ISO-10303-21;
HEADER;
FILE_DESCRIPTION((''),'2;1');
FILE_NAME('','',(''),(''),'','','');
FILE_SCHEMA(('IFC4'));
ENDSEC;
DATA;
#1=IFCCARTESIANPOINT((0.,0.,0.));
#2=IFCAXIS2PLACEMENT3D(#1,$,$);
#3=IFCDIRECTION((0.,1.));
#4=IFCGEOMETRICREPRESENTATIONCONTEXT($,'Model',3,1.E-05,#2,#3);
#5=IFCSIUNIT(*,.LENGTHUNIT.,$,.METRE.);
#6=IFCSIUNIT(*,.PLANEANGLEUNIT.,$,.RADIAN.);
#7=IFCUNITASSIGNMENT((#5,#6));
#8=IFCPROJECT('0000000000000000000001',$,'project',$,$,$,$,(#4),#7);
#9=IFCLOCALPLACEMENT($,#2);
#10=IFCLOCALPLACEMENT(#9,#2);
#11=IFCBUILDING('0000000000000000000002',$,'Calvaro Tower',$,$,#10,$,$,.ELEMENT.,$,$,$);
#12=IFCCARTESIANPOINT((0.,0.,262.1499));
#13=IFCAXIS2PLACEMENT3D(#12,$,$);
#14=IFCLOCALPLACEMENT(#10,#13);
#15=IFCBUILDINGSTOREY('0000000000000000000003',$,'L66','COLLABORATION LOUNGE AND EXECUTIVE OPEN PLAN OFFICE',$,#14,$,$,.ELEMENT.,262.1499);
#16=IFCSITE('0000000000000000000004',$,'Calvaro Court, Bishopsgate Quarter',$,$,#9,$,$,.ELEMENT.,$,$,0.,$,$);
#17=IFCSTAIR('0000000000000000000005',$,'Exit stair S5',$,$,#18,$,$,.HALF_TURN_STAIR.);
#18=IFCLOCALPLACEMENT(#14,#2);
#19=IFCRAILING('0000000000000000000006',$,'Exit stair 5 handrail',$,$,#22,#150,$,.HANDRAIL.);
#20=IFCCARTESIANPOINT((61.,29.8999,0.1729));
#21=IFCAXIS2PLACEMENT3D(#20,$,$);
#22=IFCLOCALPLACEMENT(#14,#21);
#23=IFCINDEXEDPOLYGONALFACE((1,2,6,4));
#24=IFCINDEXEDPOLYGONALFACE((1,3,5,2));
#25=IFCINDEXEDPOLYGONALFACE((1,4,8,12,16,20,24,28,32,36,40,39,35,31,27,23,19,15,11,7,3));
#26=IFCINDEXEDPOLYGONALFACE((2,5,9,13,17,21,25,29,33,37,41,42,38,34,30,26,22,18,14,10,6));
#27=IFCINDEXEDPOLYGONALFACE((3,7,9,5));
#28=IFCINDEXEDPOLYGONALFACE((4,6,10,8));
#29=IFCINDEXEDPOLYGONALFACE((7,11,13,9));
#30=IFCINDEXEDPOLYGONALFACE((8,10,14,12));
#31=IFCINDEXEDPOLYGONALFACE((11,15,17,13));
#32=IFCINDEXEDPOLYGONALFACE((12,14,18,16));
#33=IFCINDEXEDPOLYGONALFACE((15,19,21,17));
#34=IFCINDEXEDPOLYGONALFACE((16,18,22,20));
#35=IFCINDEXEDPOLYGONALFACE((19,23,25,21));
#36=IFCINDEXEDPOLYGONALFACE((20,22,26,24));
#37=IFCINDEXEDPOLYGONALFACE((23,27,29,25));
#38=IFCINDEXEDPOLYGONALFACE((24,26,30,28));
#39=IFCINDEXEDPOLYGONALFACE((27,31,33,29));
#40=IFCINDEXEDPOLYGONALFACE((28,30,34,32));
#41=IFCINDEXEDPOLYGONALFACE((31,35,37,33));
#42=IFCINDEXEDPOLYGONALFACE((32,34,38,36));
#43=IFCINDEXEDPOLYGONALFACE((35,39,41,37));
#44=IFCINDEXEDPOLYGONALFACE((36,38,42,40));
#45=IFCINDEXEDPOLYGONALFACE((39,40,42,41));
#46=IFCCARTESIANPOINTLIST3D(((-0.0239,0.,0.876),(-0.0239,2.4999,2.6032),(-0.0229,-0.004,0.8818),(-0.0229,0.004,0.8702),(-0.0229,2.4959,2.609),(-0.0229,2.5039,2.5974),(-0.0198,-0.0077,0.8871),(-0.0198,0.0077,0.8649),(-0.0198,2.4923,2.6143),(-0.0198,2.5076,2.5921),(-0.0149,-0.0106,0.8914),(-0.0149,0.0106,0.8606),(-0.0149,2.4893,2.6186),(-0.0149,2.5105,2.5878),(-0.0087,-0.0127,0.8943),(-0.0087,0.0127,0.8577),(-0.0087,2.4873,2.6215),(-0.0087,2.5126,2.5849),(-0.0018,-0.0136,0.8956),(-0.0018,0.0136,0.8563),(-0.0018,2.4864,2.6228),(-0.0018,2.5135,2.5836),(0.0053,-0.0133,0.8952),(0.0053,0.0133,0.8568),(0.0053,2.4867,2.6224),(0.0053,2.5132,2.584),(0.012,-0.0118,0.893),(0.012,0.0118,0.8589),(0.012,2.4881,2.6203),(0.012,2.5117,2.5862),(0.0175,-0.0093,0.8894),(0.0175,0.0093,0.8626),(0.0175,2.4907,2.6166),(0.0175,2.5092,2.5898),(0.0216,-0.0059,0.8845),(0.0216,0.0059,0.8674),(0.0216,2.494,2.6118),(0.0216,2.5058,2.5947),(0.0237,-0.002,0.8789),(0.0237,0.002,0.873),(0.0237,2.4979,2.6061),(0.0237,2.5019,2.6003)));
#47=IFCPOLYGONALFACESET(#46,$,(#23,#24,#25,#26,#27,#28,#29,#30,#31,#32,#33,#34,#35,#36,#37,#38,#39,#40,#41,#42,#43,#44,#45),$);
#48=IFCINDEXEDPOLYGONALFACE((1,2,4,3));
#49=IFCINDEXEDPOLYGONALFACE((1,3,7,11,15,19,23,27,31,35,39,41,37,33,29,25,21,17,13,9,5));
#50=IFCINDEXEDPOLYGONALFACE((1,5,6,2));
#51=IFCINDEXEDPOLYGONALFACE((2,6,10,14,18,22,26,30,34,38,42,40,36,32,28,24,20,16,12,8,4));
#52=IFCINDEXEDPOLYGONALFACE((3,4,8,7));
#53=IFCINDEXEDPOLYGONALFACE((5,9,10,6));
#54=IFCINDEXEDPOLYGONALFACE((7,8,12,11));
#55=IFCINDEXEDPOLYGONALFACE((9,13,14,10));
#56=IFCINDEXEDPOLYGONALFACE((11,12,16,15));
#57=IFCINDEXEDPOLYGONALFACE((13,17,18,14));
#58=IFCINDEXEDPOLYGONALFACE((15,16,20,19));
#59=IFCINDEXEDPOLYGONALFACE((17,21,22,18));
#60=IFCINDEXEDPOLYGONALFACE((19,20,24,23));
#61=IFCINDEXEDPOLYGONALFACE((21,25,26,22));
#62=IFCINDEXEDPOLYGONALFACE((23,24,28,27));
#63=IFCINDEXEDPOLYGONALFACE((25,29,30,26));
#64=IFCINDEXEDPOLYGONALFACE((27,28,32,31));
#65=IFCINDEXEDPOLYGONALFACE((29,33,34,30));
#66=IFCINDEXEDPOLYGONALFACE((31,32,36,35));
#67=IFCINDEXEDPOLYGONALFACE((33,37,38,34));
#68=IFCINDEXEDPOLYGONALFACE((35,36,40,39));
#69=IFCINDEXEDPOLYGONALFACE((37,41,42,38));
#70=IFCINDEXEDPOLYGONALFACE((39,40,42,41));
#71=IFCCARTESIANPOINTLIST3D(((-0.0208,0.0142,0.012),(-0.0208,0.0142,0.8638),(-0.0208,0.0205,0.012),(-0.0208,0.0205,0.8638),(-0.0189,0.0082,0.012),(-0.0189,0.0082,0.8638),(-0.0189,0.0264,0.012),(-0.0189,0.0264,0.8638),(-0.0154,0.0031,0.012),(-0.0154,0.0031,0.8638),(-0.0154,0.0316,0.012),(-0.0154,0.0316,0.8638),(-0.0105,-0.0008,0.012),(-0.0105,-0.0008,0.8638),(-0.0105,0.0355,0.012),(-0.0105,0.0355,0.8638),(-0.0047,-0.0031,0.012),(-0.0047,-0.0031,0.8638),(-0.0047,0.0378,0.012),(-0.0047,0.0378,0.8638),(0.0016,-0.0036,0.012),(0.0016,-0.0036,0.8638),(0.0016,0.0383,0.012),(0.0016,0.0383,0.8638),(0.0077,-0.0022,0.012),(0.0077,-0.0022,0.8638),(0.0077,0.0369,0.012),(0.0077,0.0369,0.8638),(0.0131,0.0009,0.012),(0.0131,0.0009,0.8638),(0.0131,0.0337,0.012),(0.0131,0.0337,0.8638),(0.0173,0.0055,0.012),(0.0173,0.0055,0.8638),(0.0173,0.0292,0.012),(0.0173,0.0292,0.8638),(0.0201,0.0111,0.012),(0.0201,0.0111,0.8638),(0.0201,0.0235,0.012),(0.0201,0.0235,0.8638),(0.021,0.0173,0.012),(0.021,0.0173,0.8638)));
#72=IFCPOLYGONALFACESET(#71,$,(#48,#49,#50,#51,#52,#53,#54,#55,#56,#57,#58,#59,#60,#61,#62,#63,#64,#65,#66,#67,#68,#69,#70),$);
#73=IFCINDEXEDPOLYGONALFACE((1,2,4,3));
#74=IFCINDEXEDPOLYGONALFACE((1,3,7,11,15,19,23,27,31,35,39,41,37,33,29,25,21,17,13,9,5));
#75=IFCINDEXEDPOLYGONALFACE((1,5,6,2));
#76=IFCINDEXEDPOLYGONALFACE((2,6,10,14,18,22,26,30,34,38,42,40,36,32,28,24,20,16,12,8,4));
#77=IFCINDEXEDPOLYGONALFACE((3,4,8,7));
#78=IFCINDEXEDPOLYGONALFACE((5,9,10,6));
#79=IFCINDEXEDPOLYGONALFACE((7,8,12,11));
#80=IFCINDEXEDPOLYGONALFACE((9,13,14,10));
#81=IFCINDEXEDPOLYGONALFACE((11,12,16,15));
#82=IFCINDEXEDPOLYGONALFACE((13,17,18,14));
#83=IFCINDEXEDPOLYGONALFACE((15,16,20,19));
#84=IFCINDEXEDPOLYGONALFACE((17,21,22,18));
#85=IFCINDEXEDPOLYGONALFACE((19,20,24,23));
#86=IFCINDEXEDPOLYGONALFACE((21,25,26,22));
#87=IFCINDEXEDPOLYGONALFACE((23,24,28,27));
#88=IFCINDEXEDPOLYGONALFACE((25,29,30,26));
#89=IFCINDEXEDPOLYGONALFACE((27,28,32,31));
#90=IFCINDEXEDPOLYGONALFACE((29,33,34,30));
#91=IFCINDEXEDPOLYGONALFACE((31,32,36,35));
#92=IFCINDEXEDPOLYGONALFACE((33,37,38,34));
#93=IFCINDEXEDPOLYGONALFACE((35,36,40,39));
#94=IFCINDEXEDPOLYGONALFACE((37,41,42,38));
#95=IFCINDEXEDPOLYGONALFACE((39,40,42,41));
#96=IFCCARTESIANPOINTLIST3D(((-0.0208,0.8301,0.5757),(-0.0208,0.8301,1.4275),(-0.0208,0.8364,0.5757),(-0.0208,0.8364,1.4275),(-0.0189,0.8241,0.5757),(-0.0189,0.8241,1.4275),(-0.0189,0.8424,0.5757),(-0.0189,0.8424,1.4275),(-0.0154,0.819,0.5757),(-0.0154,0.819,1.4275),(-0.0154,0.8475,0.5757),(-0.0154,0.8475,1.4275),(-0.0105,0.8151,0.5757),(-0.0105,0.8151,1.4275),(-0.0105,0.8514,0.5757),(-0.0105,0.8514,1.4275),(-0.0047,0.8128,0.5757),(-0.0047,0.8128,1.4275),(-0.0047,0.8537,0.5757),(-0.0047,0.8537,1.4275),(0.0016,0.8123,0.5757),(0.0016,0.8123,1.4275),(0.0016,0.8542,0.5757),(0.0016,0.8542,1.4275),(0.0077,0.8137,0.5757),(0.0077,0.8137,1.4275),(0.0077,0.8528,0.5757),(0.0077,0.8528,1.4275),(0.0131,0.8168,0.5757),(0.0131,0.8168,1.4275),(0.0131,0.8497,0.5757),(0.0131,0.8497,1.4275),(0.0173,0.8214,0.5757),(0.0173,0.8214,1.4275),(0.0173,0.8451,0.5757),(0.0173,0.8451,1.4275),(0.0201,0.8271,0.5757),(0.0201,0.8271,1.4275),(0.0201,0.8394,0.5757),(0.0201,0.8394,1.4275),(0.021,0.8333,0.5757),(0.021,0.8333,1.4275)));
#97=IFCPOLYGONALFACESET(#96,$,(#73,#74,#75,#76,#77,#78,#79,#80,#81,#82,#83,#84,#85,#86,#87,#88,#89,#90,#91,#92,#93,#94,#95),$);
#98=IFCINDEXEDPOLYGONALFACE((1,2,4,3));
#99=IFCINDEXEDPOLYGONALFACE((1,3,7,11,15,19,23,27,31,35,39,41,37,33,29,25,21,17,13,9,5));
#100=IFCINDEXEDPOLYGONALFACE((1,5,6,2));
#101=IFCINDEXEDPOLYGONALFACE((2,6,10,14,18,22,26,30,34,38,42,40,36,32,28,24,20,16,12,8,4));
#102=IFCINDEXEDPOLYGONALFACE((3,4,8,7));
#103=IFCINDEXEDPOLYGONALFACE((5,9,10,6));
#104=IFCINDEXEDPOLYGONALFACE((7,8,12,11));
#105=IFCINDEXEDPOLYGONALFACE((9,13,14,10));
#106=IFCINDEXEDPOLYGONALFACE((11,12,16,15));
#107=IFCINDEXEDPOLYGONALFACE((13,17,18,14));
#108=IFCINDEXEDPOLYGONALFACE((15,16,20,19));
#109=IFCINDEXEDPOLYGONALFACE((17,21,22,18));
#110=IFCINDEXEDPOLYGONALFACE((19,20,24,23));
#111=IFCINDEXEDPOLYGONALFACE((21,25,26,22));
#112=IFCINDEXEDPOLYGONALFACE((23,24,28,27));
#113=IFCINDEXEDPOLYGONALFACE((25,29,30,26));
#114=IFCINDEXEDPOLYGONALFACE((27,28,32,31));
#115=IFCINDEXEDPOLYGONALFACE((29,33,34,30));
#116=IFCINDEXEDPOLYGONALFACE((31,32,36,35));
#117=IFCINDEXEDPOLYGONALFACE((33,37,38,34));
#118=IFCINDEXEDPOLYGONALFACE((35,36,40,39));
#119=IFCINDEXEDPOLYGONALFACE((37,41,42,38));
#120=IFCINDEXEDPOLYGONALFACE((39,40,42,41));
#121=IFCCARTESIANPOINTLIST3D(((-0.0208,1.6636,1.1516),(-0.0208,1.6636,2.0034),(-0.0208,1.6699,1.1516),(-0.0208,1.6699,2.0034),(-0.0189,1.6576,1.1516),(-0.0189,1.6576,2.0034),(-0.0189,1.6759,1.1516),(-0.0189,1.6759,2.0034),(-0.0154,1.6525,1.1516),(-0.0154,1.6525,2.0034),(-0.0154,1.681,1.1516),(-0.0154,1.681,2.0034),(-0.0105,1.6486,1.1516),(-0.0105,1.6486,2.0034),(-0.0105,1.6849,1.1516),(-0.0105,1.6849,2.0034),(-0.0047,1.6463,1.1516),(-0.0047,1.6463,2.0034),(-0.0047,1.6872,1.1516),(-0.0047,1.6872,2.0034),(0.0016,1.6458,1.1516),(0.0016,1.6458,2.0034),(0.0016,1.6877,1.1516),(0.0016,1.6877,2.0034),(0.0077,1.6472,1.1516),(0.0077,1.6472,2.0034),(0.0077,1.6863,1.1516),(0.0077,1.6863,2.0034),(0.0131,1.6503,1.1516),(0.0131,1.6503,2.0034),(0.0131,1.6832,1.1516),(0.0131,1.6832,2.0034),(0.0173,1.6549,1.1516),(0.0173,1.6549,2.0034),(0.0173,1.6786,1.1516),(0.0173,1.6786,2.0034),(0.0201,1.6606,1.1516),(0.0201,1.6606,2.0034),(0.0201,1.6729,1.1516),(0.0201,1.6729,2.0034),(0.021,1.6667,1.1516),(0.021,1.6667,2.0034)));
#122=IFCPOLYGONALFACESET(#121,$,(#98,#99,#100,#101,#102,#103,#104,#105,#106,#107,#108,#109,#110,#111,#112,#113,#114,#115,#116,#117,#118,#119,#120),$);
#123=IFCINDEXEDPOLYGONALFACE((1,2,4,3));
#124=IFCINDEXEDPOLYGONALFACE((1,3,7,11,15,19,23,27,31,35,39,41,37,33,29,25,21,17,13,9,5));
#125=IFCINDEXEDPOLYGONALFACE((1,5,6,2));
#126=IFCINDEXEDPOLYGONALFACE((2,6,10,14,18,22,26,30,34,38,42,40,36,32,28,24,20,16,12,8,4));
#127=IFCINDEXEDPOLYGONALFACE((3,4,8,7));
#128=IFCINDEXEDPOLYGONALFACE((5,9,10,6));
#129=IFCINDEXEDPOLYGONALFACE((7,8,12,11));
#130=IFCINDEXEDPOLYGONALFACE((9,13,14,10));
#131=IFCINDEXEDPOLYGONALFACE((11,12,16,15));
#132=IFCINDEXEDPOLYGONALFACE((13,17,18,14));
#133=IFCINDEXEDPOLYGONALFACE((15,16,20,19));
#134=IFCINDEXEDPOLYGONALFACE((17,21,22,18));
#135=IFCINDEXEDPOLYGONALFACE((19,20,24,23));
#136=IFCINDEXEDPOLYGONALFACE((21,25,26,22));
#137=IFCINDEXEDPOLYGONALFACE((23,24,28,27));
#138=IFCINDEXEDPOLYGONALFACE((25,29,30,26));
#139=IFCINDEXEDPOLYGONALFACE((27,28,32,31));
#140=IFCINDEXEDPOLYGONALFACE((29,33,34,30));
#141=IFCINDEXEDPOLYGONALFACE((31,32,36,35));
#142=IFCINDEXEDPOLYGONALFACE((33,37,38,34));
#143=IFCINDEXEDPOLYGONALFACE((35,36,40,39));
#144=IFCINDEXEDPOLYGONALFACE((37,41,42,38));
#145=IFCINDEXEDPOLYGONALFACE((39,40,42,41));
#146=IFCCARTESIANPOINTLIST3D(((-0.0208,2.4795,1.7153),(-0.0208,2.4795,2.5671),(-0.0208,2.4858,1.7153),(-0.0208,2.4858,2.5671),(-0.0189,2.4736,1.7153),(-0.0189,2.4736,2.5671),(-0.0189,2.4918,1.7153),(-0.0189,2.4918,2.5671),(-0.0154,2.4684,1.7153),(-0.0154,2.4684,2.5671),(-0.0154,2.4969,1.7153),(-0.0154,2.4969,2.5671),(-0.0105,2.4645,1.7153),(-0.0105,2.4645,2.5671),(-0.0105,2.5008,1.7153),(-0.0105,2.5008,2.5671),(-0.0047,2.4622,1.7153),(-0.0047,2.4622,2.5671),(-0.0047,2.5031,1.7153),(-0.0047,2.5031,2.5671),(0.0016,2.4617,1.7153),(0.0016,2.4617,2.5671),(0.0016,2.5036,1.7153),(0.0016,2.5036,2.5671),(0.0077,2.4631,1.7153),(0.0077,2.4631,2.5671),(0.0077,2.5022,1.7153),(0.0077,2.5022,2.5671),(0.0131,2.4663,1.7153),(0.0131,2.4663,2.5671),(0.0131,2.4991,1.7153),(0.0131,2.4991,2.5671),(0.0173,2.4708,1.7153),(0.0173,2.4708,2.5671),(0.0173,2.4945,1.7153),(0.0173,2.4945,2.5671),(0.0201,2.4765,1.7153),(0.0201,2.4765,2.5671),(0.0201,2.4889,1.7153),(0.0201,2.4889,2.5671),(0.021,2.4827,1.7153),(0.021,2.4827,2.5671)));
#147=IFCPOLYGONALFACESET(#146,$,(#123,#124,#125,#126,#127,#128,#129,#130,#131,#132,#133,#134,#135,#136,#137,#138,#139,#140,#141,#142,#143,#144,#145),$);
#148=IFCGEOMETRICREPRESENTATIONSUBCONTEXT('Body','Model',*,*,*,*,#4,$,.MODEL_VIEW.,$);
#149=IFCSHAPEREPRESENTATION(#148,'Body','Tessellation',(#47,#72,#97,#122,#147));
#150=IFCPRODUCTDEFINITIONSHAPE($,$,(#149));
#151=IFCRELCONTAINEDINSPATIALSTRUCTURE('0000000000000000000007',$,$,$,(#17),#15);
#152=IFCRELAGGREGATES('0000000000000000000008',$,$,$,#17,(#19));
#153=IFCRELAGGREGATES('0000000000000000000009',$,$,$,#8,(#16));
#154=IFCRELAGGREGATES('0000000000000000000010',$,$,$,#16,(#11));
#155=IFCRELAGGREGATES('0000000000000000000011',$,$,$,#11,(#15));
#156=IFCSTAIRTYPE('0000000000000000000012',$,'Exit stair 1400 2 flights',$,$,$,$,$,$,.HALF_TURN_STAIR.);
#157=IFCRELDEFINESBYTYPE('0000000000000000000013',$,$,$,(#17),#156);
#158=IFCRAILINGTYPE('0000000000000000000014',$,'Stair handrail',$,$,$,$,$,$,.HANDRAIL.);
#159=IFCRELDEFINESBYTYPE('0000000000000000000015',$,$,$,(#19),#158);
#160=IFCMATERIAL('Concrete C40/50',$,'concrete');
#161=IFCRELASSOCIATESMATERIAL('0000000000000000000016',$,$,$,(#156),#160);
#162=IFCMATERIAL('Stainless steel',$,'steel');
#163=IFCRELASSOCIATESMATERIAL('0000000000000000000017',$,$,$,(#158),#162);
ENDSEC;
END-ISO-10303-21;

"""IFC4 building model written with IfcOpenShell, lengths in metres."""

from ifc_helpers import new_model, si_unit, direction, frame, origin, origin_2d, place, context, subcontext, project, spatial, circle, extrude, material, type_object, element, aggregate, save


model = new_model("IFC4")

# Units and contexts
model_context = context("Model", 3, precision=1e-05, world=origin(), true_north=direction((0.0, 1.0)))
body_context = subcontext(model_context, "Body", "Model", "MODEL_VIEW")
ifc_project = project(units=[si_unit("LENGTHUNIT", "METRE"), si_unit("PLANEANGLEUNIT", "RADIAN")], contexts=[model_context])

# Site, building, storey
site_placement = place(None, origin())
site = spatial("IfcSite", under=ifc_project, at=site_placement, Name="Calvaro Court, Bishopsgate Quarter", CompositionType="ELEMENT", RefElevation=0.0)
building_placement = place(site_placement, origin())
building = spatial("IfcBuilding", under=site, at=building_placement, Name="Calvaro Tower", CompositionType="ELEMENT")
storey_placement = place(building_placement, frame((0.0, 0.0, 262.1499)))
storey = spatial("IfcBuildingStorey", under=building, at=storey_placement, Name="L66", Description="COLLABORATION LOUNGE AND EXECUTIVE OPEN PLAN OFFICE", CompositionType="ELEMENT", Elevation=262.1499)

# Shared definitions
ifc_material_1 = material(Name="Concrete C40/50", Category="concrete")
stair_type = type_object("IfcStairType", Name="Exit stair 1400 2 flights", PredefinedType="HALF_TURN_STAIR", material=ifc_material_1)

# Stair
stair_1_placement = place(storey_placement, origin())
stair_1 = element("IfcStair", 1, at=stair_1_placement, inside=storey, type_object=stair_type, Name="Exit stair S5", PredefinedType="HALF_TURN_STAIR")

# Railing
ifc_material_2 = material(Name="Stainless steel", Category="steel")
railing_type = type_object("IfcRailingType", Name="Stair handrail", PredefinedType="HANDRAIL", material=ifc_material_2)
railing_1_placement = place(storey_placement, frame((61.0, 29.8999, 0.1729)))
railing_1 = element("IfcRailing", 2, at=railing_1_placement, type_object=railing_type, Name="Exit stair 5 handrail", PredefinedType="HANDRAIL", context=body_context, shape_type="SweptSolid", body=[
    extrude(circle(Radius=0.0239, at=origin_2d()), frame((0.0, 0.0, 0.876), z_axis=(0.0, 0.822727, 0.568437), x_axis=(-1.0, 0.0, 0.0)), (0.0, 0.0, 1.0), 3.0386),
    extrude(circle(Radius=0.021, at=origin_2d()), frame((0.0, 0.0173, 0.012)), (0.0, 0.0, 1.0), 0.8518),
    extrude(circle(Radius=0.021, at=origin_2d()), frame((0.0, 0.8333, 0.5757)), (0.0, 0.0, 1.0), 0.8518),
    extrude(circle(Radius=0.021, at=origin_2d()), frame((0.0, 1.6667, 1.1516)), (0.0, 0.0, 1.0), 0.8518),
    extrude(circle(Radius=0.021, at=origin_2d()), frame((0.0, 2.4827, 1.7153)), (0.0, 0.0, 1.0), 0.8518),
])
aggregate(stair_1, [railing_1])

save(model, "model.ifc")
